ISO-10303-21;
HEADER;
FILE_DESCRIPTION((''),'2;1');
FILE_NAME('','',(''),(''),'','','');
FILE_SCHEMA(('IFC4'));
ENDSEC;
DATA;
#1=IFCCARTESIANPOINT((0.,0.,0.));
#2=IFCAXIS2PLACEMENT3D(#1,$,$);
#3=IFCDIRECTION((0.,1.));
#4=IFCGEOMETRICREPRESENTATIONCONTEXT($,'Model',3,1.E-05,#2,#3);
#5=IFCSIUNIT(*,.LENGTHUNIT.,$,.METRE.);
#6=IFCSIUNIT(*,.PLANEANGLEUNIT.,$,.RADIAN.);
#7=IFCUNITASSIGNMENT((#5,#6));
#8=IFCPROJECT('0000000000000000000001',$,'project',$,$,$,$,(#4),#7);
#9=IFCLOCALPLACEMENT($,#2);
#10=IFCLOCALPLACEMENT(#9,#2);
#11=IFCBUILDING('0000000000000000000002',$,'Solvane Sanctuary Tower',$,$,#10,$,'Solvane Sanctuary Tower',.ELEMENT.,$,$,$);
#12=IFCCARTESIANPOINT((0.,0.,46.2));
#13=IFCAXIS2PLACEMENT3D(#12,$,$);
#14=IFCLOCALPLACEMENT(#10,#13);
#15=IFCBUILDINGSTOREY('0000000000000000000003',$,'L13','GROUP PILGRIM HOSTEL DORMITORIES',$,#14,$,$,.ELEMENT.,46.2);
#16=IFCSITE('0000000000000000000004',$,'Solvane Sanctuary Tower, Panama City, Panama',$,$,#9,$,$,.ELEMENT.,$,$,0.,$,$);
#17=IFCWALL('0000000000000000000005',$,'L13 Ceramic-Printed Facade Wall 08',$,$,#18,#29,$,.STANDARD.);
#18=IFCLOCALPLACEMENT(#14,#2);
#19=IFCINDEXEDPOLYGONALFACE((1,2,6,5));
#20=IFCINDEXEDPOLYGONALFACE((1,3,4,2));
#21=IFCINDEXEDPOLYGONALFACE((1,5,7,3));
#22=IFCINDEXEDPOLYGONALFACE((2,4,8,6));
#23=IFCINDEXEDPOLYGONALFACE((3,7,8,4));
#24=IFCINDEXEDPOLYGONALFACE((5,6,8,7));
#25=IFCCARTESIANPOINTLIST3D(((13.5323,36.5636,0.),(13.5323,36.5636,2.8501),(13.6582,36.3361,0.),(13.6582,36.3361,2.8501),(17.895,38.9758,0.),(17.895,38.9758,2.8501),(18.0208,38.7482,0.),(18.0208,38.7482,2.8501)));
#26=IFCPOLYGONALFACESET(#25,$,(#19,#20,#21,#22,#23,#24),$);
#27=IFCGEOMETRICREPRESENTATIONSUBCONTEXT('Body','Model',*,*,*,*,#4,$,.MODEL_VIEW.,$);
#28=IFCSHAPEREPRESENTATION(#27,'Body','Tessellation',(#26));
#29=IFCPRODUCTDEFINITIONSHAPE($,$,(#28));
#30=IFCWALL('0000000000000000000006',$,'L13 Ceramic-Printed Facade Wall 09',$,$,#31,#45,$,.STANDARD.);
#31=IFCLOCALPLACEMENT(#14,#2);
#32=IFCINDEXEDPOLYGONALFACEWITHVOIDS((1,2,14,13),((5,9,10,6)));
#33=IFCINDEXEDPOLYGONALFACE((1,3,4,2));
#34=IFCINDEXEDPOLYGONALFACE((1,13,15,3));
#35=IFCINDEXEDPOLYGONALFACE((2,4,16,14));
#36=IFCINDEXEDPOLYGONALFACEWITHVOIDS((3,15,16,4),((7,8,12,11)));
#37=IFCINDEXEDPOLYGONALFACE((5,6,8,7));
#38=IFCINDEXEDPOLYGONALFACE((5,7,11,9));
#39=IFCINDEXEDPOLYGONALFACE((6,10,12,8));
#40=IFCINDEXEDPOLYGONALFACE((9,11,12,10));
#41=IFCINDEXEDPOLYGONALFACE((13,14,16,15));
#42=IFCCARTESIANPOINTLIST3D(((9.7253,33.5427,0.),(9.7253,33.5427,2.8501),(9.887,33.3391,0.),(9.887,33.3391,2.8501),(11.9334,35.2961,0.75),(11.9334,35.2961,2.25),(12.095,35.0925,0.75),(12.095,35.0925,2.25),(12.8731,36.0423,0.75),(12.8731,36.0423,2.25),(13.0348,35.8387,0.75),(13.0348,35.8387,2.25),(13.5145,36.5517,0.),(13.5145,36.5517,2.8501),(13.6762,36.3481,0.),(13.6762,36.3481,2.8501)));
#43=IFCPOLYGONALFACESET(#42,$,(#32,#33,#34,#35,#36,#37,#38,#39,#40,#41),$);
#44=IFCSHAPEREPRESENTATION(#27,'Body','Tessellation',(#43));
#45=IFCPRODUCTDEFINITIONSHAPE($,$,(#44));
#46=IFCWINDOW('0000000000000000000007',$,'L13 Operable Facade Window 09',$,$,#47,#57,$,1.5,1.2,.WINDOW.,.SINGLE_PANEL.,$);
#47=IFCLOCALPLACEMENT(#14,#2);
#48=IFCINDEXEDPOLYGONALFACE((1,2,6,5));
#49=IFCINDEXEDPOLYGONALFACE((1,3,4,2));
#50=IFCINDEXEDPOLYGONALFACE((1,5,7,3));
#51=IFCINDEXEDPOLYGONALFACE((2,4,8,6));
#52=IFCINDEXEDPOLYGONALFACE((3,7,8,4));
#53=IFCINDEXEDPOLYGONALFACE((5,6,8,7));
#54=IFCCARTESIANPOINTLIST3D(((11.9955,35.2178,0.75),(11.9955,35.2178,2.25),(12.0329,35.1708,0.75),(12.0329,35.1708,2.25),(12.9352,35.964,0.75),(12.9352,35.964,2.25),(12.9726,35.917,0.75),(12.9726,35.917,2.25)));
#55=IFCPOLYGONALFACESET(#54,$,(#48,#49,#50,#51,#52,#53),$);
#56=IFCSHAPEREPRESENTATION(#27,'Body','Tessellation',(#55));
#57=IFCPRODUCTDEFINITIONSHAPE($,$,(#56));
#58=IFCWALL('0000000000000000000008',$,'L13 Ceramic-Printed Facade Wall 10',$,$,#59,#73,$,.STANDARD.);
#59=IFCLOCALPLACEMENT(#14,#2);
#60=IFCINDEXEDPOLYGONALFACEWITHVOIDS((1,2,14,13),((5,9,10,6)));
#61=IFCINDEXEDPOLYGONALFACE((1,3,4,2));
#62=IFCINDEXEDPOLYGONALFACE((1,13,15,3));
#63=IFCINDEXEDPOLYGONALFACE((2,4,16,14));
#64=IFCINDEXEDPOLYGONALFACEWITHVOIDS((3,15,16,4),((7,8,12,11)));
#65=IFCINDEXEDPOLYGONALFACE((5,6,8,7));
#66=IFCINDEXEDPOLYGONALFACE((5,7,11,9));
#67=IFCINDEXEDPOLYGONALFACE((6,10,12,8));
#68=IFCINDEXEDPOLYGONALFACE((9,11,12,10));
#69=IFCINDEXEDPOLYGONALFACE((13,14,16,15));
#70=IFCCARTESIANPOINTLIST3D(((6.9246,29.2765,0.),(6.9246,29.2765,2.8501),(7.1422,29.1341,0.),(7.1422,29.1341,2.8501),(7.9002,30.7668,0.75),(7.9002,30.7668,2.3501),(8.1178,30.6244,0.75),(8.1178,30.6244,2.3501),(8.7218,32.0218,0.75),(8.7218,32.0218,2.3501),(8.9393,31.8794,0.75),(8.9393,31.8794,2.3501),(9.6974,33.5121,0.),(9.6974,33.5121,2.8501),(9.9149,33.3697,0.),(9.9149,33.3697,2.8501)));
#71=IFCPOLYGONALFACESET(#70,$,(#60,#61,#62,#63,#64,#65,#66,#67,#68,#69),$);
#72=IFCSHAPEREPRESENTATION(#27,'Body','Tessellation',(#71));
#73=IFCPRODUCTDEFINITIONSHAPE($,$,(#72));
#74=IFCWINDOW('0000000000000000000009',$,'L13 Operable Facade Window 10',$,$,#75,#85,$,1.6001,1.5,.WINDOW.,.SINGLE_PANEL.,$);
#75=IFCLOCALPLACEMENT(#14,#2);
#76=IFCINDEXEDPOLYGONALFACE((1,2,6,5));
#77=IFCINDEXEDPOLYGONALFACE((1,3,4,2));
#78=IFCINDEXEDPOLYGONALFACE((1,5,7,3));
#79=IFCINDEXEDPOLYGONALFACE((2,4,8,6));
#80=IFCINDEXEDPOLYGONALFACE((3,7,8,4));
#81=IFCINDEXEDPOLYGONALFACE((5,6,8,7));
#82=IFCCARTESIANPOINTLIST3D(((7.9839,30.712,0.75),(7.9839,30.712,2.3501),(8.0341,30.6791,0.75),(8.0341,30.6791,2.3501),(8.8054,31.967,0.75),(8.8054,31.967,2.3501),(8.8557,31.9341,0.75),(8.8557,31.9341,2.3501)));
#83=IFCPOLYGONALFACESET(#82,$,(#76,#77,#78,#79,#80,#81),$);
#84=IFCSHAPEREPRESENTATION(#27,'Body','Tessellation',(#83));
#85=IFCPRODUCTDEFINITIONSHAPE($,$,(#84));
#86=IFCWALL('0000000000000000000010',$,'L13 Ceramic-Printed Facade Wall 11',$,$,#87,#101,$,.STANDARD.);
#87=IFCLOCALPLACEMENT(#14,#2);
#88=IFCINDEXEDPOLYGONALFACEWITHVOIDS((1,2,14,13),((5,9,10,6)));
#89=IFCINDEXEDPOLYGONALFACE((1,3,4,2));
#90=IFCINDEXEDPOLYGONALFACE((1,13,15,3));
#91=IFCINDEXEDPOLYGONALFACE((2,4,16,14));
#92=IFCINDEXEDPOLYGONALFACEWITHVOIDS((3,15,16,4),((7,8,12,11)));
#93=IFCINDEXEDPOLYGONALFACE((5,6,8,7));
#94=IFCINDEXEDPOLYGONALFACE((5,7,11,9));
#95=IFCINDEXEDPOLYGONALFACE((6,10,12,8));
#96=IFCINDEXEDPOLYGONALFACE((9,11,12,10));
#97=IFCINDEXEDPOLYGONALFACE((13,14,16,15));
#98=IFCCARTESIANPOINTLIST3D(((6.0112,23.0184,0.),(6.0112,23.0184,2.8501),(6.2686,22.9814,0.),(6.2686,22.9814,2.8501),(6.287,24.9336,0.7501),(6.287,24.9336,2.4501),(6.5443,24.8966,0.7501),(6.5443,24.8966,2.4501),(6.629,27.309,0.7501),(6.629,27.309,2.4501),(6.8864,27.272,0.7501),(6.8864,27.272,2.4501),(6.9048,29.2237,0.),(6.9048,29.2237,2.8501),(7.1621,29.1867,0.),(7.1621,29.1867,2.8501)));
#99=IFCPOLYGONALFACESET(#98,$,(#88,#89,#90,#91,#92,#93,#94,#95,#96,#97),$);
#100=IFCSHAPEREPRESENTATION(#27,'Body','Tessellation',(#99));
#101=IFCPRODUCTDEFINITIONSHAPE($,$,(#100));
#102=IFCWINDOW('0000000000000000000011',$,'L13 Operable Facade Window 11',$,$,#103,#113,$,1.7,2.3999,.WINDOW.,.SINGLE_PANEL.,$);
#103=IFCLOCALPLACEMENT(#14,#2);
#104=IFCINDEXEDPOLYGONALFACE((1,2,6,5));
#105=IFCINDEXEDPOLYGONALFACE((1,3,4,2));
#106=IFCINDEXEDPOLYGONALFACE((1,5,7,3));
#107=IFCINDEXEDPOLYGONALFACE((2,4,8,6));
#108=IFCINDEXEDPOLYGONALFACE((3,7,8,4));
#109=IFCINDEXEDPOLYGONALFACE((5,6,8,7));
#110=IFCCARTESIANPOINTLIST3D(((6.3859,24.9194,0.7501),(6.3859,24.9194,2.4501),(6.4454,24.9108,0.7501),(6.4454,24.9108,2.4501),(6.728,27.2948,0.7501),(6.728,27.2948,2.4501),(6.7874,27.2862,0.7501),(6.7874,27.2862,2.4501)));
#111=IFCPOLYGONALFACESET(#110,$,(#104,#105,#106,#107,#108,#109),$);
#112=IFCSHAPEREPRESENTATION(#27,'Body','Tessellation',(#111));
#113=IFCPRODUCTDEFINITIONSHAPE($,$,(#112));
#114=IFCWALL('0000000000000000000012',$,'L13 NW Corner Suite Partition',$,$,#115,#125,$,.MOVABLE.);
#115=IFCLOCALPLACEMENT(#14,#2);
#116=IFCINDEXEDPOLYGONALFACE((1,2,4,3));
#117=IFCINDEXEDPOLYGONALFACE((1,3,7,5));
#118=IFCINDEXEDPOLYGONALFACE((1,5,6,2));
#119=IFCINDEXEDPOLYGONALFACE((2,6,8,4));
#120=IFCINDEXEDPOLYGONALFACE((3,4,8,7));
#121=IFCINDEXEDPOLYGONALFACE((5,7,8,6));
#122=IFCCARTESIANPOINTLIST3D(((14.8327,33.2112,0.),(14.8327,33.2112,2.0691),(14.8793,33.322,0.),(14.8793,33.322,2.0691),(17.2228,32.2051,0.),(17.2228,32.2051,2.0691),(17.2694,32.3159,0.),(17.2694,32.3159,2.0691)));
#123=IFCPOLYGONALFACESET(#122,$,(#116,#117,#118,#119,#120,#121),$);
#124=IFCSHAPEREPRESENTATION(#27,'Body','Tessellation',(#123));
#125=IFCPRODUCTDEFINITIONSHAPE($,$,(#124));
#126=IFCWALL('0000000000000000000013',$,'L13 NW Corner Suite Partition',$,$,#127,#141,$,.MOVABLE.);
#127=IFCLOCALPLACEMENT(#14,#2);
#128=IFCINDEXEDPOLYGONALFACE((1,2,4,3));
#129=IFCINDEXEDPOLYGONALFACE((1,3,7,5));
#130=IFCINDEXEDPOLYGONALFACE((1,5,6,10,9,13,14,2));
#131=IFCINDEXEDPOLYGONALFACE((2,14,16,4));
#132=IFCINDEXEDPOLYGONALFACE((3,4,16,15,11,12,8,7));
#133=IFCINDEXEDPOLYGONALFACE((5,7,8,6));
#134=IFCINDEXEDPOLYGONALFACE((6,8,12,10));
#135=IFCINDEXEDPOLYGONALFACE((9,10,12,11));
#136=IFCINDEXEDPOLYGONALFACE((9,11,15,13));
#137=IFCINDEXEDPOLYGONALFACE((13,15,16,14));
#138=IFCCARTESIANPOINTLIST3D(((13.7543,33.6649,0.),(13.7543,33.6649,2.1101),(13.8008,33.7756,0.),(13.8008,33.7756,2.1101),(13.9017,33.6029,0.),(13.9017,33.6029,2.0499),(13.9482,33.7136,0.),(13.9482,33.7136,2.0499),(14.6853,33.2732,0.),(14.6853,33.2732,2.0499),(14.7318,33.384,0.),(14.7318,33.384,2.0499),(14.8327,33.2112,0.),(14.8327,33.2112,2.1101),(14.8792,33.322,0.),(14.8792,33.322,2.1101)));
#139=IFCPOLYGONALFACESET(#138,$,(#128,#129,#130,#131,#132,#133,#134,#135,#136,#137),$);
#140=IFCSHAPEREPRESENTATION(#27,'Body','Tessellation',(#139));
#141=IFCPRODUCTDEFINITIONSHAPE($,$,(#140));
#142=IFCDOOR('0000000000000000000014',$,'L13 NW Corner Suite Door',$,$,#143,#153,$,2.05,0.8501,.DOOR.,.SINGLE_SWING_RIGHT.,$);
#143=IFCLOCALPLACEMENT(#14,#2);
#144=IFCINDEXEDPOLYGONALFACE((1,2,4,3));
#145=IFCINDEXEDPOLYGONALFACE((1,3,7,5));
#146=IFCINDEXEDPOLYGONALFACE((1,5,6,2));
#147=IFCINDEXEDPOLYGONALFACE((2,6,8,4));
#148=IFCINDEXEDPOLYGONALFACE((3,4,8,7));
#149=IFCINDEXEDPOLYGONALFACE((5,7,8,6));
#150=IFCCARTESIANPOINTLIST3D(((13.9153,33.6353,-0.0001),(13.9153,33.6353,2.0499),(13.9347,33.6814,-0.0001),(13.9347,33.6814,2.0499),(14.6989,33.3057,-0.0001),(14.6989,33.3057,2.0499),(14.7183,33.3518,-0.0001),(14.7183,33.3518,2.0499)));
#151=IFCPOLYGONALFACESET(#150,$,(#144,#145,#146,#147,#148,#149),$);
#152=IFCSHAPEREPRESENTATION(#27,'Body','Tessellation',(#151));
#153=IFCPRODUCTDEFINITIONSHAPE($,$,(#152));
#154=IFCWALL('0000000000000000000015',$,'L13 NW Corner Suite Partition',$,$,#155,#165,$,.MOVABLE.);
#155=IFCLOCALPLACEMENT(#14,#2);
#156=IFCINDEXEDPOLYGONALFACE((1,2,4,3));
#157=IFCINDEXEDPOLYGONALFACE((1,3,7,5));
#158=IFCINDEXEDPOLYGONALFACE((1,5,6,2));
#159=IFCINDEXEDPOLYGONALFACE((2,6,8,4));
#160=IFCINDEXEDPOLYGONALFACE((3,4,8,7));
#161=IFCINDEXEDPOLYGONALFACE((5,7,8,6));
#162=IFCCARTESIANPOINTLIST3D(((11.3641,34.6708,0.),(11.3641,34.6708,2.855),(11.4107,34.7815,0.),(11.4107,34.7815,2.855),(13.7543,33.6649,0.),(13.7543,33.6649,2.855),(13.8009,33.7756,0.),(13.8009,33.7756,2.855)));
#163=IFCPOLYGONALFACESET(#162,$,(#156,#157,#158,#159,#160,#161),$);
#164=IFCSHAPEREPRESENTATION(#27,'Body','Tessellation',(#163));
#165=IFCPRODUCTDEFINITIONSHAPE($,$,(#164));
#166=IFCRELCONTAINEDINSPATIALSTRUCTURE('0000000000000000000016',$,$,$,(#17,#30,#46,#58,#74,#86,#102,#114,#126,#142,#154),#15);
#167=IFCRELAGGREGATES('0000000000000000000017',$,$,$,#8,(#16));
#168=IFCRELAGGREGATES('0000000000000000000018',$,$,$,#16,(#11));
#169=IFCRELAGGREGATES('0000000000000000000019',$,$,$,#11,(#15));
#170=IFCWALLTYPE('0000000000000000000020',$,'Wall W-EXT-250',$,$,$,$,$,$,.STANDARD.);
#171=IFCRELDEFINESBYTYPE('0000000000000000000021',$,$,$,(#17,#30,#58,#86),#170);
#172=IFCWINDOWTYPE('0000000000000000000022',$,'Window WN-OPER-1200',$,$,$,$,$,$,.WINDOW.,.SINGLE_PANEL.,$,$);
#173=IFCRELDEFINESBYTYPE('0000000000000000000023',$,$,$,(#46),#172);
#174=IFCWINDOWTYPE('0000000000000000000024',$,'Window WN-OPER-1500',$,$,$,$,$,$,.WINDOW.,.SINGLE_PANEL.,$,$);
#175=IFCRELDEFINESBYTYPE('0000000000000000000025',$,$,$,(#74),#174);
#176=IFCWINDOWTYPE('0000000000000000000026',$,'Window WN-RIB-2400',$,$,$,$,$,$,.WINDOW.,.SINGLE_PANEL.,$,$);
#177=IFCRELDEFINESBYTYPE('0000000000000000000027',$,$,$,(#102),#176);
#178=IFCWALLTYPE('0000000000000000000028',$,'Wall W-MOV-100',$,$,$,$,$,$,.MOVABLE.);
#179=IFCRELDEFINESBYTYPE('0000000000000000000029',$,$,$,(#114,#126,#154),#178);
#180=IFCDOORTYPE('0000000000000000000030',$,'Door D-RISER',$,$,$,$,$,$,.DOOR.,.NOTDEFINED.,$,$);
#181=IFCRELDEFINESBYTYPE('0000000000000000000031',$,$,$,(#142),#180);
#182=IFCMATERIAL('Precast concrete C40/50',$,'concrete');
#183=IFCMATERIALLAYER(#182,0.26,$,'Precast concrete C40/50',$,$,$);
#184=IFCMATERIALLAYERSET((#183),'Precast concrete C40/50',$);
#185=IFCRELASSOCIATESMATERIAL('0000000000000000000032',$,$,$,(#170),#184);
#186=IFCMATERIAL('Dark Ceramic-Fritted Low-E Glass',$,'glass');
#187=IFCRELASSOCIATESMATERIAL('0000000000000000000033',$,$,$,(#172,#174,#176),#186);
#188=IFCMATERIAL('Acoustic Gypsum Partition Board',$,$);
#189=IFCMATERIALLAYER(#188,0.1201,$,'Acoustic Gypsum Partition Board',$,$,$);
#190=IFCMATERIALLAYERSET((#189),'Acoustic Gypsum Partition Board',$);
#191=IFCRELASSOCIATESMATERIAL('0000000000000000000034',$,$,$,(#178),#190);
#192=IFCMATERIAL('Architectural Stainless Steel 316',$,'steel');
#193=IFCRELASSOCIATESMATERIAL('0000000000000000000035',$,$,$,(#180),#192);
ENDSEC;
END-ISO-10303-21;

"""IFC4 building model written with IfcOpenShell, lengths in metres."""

from ifc_helpers import new_model, si_unit, direction, frame, frame_2d, origin, place, context, subcontext, project, spatial, rectangle, extrude, material, layer, layer_set, type_object, element, fill, save


model = new_model("IFC4")

# Units and contexts
model_context = context("Model", 3, precision=1e-05, world=origin(), true_north=direction((0.0, 1.0)))
body_context = subcontext(model_context, "Body", "Model", "MODEL_VIEW")
ifc_project = project(units=[si_unit("LENGTHUNIT", "METRE"), si_unit("PLANEANGLEUNIT", "RADIAN")], contexts=[model_context])

# Site, building, storey
site_placement = place(None, origin())
site = spatial("IfcSite", under=ifc_project, at=site_placement, Name="Solvane Sanctuary Tower, Panama City, Panama", CompositionType="ELEMENT", RefElevation=0.0)
building_placement = place(site_placement, origin())
building = spatial("IfcBuilding", under=site, at=building_placement, Name="Solvane Sanctuary Tower", LongName="Solvane Sanctuary Tower", CompositionType="ELEMENT")
storey_placement = place(building_placement, frame((0.0, 0.0, 46.2)))
storey = spatial("IfcBuildingStorey", under=building, at=storey_placement, Name="L13", Description="GROUP PILGRIM HOSTEL DORMITORIES", CompositionType="ELEMENT", Elevation=46.2)

# Shared definitions
ifc_material_1 = material(Name="Acoustic Gypsum Partition Board")

# Wall
ifc_material_2 = material(Name="Precast concrete C40/50", Category="concrete")
ifc_layer_1 = layer(ifc_material_2, 0.26, Name="Precast concrete C40/50")
ifc_layer_set_1 = layer_set([ifc_layer_1], Name="Precast concrete C40/50")
wall_type_1 = type_object("IfcWallType", Name="Wall W-EXT-250", PredefinedType="STANDARD", material=ifc_layer_set_1)
wall_1_placement = place(storey_placement, frame((17.958, 38.8621, 0.0), z_axis=(0.0, 0.0, 1.0), x_axis=(-0.875137, -0.483875, 0.0)))
element("IfcWall", 1, at=wall_1_placement, inside=storey, type_object=wall_type_1, Name="L13 Ceramic-Printed Facade Wall 08", PredefinedType="STANDARD", context=body_context, shape_type="SweptSolid", body=[
    extrude(rectangle(XDim=4.9851, YDim=0.26, at=frame_2d((2.4927, 0.0))), origin(), (0.0, 0.0, 1.0), 2.8501),
])

# Walls, openings, windows
wall_2_placement = place(storey_placement, frame((13.5955, 36.45, 0.0), z_axis=(0.0, 0.0, 1.0), x_axis=(-0.783123, -0.621867, 0.0)))
wall_2 = element("IfcWall", 2, at=wall_2_placement, inside=storey, type_object=wall_type_1, Name="L13 Ceramic-Printed Facade Wall 09", PredefinedType="STANDARD", context=body_context, shape_type="SweptSolid", body=[
    extrude(rectangle(XDim=4.8386, YDim=0.26, at=frame_2d((2.4194, 0.0))), origin(), (0.0, 0.0, 1.0), 2.8501),
])
opening_1_placement = place(wall_2_placement, frame((0.8191, 0.0, 0.75)))
opening_1 = element("IfcOpeningElement", 3, at=opening_1_placement, cuts=wall_2, PredefinedType="OPENING", context=body_context, shape_type="SweptSolid", body=[
    extrude(rectangle(XDim=1.2, YDim=1.5, at=frame_2d((0.6001, 0.75))), frame((0.0, 0.1399, 0.0), z_axis=(0.0, -1.0, 0.0), x_axis=(1.0, 0.0, 0.0)), (0.0, 0.0, 1.0), 0.28),
])
ifc_material_3 = material(Name="Dark Ceramic-Fritted Low-E Glass", Category="glass")
window_type_1 = type_object("IfcWindowType", Name="Window WN-OPER-1200", PartitioningType="SINGLE_PANEL", PredefinedType="WINDOW", material=ifc_material_3)
window_1_placement = place(opening_1_placement, origin())
window_1 = element("IfcWindow", 4, at=window_1_placement, inside=storey, type_object=window_type_1, Name="L13 Operable Facade Window 09", OverallHeight=1.5, OverallWidth=1.2, PartitioningType="SINGLE_PANEL", PredefinedType="WINDOW", context=body_context, shape_type="SweptSolid", body=[
    extrude(rectangle(XDim=1.2, YDim=1.5, at=frame_2d((0.6001, 0.75))), frame((0.0, 0.03, 0.0), z_axis=(0.0, -1.0, 0.0), x_axis=(1.0, 0.0, 0.0)), (0.0, 0.0, 1.0), 0.0601),
])
fill(opening_1, window_1)
wall_3_placement = place(storey_placement, frame((9.8062, 33.4409, 0.0), z_axis=(0.0, 0.0, 1.0), x_axis=(-0.547703, -0.836673, 0.0)))
wall_3 = element("IfcWall", 5, at=wall_3_placement, inside=storey, type_object=wall_type_1, Name="L13 Ceramic-Printed Facade Wall 10", PredefinedType="STANDARD", context=body_context, shape_type="SweptSolid", body=[
    extrude(rectangle(XDim=5.0625, YDim=0.26, at=frame_2d((2.5312, 0.0))), origin(), (0.0, 0.0, 1.0), 2.8501),
])
opening_2_placement = place(wall_3_placement, frame((1.7812, 0.0, 0.75)))
opening_2 = element("IfcOpeningElement", 6, at=opening_2_placement, cuts=wall_3, PredefinedType="OPENING", context=body_context, shape_type="SweptSolid", body=[
    extrude(rectangle(XDim=1.5, YDim=1.6001, at=frame_2d((0.75, 0.8))), frame((0.0, 0.1399, 0.0), z_axis=(0.0, -1.0, 0.0), x_axis=(1.0, 0.0, 0.0)), (0.0, 0.0, 1.0), 0.28),
])
window_type_2 = type_object("IfcWindowType", Name="Window WN-OPER-1500", PartitioningType="SINGLE_PANEL", PredefinedType="WINDOW", material=ifc_material_3)
window_2_placement = place(opening_2_placement, origin())
window_2 = element("IfcWindow", 7, at=window_2_placement, inside=storey, type_object=window_type_2, Name="L13 Operable Facade Window 10", OverallHeight=1.6001, OverallWidth=1.5, PartitioningType="SINGLE_PANEL", PredefinedType="WINDOW", context=body_context, shape_type="SweptSolid", body=[
    extrude(rectangle(XDim=1.5, YDim=1.6001, at=frame_2d((0.75, 0.8))), frame((0.0, 0.03, 0.0), z_axis=(0.0, -1.0, 0.0), x_axis=(1.0, 0.0, 0.0)), (0.0, 0.0, 1.0), 0.0601),
])
fill(opening_2, window_2)
wall_4_placement = place(storey_placement, frame((7.0334, 29.2053, 0.0), z_axis=(0.0, 0.0, 1.0), x_axis=(-0.142528, -0.989791, 0.0)))
wall_4 = element("IfcWall", 8, at=wall_4_placement, inside=storey, type_object=wall_type_1, Name="L13 Ceramic-Printed Facade Wall 11", PredefinedType="STANDARD", context=body_context, shape_type="SweptSolid", body=[
    extrude(rectangle(XDim=6.2693, YDim=0.26, at=frame_2d((3.1348, 0.0))), origin(), (0.0, 0.0, 1.0), 2.8501),
])
opening_3_placement = place(wall_4_placement, frame((1.9346, 0.0, 0.75)))
opening_3 = element("IfcOpeningElement", 9, at=opening_3_placement, cuts=wall_4, PredefinedType="OPENING", context=body_context, shape_type="SweptSolid", body=[
    extrude(rectangle(XDim=2.3999, YDim=1.7, at=frame_2d((1.2, 0.8501))), frame((0.0, 0.1399, 0.0), z_axis=(0.0, -1.0, 0.0), x_axis=(1.0, 0.0, 0.0)), (0.0, 0.0, 1.0), 0.28),
])
window_type_3 = type_object("IfcWindowType", Name="Window WN-RIB-2400", PartitioningType="SINGLE_PANEL", PredefinedType="WINDOW", material=ifc_material_3)
window_3_placement = place(opening_3_placement, origin())
window_3 = element("IfcWindow", 10, at=window_3_placement, inside=storey, type_object=window_type_3, Name="L13 Operable Facade Window 11", OverallHeight=1.7, OverallWidth=2.3999, PartitioningType="SINGLE_PANEL", PredefinedType="WINDOW", context=body_context, shape_type="SweptSolid", body=[
    extrude(rectangle(XDim=2.3999, YDim=1.7, at=frame_2d((1.2, 0.8501))), frame((0.0, 0.03, 0.0), z_axis=(0.0, -1.0, 0.0), x_axis=(1.0, 0.0, 0.0)), (0.0, 0.0, 1.0), 0.0601),
])
fill(opening_3, window_3)

# Wall
ifc_layer_2 = layer(ifc_material_1, 0.1201, Name="Acoustic Gypsum Partition Board")
ifc_layer_set_2 = layer_set([ifc_layer_2], Name="Acoustic Gypsum Partition Board")
wall_type_2 = type_object("IfcWallType", Name="Wall W-MOV-100", PredefinedType="MOVABLE", material=ifc_layer_set_2)
wall_5_placement = place(storey_placement, frame((17.2461, 32.2605, 0.0), z_axis=(0.0, 0.0, 1.0), x_axis=(-0.921673, 0.387969, 0.0)))
element("IfcWall", 11, at=wall_5_placement, inside=storey, type_object=wall_type_2, Name="L13 NW Corner Suite Partition", PredefinedType="MOVABLE", context=body_context, shape_type="SweptSolid", body=[
    extrude(rectangle(XDim=2.5933, YDim=0.1201, at=frame_2d((1.2966, 0.0))), origin(), (0.0, 0.0, 1.0), 2.0691),
])

# Wall, opening, door
wall_6_placement = place(storey_placement, frame((14.856, 33.2666, 0.0), z_axis=(0.0, 0.0, 1.0), x_axis=(-0.921769, 0.38774, 0.0)))
wall_6 = element("IfcWall", 12, at=wall_6_placement, inside=storey, type_object=wall_type_2, Name="L13 NW Corner Suite Partition", PredefinedType="MOVABLE", context=body_context, shape_type="SweptSolid", body=[
    extrude(rectangle(XDim=1.1699, YDim=0.1201, at=frame_2d((0.585, 0.0))), origin(), (0.0, 0.0, 1.0), 2.1101),
])
opening_4_placement = place(wall_6_placement, frame((0.1599, 0.0, 0.0)))
opening_4 = element("IfcOpeningElement", 13, at=opening_4_placement, cuts=wall_6, PredefinedType="OPENING", context=body_context, shape_type="SweptSolid", body=[
    extrude(rectangle(XDim=0.8501, YDim=2.05, at=frame_2d((0.425, 1.0249))), frame((0.0, 0.0701, 0.0), z_axis=(0.0, -1.0, 0.0), x_axis=(1.0, 0.0, 0.0)), (0.0, 0.0, 1.0), 0.1401),
])
ifc_material_4 = material(Name="Architectural Stainless Steel 316", Category="steel")
door_type_1 = type_object("IfcDoorType", Name="Door D-RISER", OperationType="NOTDEFINED", PredefinedType="DOOR", material=ifc_material_4)
door_1_placement = place(opening_4_placement, origin())
door_1 = element("IfcDoor", 14, at=door_1_placement, inside=storey, type_object=door_type_1, Name="L13 NW Corner Suite Door", OperationType="SINGLE_SWING_RIGHT", OverallHeight=2.05, OverallWidth=0.8501, PredefinedType="DOOR", context=body_context, shape_type="SweptSolid", body=[
    extrude(rectangle(XDim=0.8501, YDim=2.05, at=frame_2d((0.425, 1.0249))), frame((0.0, 0.0249, 0.0), z_axis=(0.0, -1.0, 0.0), x_axis=(1.0, 0.0, 0.0)), (0.0, 0.0, 1.0), 0.05),
])
fill(opening_4, door_1)

# Wall
wall_7_placement = place(storey_placement, frame((13.7776, 33.7202, 0.0), z_axis=(0.0, 0.0, 1.0), x_axis=(-0.921706, 0.387889, 0.0)))
element("IfcWall", 15, at=wall_7_placement, inside=storey, type_object=wall_type_2, Name="L13 NW Corner Suite Partition", PredefinedType="MOVABLE", context=body_context, shape_type="SweptSolid", body=[
    extrude(rectangle(XDim=2.5933, YDim=0.1201, at=frame_2d((1.2966, 0.0))), origin(), (0.0, 0.0, 1.0), 2.855),
])

save(model, "model.ifc")
